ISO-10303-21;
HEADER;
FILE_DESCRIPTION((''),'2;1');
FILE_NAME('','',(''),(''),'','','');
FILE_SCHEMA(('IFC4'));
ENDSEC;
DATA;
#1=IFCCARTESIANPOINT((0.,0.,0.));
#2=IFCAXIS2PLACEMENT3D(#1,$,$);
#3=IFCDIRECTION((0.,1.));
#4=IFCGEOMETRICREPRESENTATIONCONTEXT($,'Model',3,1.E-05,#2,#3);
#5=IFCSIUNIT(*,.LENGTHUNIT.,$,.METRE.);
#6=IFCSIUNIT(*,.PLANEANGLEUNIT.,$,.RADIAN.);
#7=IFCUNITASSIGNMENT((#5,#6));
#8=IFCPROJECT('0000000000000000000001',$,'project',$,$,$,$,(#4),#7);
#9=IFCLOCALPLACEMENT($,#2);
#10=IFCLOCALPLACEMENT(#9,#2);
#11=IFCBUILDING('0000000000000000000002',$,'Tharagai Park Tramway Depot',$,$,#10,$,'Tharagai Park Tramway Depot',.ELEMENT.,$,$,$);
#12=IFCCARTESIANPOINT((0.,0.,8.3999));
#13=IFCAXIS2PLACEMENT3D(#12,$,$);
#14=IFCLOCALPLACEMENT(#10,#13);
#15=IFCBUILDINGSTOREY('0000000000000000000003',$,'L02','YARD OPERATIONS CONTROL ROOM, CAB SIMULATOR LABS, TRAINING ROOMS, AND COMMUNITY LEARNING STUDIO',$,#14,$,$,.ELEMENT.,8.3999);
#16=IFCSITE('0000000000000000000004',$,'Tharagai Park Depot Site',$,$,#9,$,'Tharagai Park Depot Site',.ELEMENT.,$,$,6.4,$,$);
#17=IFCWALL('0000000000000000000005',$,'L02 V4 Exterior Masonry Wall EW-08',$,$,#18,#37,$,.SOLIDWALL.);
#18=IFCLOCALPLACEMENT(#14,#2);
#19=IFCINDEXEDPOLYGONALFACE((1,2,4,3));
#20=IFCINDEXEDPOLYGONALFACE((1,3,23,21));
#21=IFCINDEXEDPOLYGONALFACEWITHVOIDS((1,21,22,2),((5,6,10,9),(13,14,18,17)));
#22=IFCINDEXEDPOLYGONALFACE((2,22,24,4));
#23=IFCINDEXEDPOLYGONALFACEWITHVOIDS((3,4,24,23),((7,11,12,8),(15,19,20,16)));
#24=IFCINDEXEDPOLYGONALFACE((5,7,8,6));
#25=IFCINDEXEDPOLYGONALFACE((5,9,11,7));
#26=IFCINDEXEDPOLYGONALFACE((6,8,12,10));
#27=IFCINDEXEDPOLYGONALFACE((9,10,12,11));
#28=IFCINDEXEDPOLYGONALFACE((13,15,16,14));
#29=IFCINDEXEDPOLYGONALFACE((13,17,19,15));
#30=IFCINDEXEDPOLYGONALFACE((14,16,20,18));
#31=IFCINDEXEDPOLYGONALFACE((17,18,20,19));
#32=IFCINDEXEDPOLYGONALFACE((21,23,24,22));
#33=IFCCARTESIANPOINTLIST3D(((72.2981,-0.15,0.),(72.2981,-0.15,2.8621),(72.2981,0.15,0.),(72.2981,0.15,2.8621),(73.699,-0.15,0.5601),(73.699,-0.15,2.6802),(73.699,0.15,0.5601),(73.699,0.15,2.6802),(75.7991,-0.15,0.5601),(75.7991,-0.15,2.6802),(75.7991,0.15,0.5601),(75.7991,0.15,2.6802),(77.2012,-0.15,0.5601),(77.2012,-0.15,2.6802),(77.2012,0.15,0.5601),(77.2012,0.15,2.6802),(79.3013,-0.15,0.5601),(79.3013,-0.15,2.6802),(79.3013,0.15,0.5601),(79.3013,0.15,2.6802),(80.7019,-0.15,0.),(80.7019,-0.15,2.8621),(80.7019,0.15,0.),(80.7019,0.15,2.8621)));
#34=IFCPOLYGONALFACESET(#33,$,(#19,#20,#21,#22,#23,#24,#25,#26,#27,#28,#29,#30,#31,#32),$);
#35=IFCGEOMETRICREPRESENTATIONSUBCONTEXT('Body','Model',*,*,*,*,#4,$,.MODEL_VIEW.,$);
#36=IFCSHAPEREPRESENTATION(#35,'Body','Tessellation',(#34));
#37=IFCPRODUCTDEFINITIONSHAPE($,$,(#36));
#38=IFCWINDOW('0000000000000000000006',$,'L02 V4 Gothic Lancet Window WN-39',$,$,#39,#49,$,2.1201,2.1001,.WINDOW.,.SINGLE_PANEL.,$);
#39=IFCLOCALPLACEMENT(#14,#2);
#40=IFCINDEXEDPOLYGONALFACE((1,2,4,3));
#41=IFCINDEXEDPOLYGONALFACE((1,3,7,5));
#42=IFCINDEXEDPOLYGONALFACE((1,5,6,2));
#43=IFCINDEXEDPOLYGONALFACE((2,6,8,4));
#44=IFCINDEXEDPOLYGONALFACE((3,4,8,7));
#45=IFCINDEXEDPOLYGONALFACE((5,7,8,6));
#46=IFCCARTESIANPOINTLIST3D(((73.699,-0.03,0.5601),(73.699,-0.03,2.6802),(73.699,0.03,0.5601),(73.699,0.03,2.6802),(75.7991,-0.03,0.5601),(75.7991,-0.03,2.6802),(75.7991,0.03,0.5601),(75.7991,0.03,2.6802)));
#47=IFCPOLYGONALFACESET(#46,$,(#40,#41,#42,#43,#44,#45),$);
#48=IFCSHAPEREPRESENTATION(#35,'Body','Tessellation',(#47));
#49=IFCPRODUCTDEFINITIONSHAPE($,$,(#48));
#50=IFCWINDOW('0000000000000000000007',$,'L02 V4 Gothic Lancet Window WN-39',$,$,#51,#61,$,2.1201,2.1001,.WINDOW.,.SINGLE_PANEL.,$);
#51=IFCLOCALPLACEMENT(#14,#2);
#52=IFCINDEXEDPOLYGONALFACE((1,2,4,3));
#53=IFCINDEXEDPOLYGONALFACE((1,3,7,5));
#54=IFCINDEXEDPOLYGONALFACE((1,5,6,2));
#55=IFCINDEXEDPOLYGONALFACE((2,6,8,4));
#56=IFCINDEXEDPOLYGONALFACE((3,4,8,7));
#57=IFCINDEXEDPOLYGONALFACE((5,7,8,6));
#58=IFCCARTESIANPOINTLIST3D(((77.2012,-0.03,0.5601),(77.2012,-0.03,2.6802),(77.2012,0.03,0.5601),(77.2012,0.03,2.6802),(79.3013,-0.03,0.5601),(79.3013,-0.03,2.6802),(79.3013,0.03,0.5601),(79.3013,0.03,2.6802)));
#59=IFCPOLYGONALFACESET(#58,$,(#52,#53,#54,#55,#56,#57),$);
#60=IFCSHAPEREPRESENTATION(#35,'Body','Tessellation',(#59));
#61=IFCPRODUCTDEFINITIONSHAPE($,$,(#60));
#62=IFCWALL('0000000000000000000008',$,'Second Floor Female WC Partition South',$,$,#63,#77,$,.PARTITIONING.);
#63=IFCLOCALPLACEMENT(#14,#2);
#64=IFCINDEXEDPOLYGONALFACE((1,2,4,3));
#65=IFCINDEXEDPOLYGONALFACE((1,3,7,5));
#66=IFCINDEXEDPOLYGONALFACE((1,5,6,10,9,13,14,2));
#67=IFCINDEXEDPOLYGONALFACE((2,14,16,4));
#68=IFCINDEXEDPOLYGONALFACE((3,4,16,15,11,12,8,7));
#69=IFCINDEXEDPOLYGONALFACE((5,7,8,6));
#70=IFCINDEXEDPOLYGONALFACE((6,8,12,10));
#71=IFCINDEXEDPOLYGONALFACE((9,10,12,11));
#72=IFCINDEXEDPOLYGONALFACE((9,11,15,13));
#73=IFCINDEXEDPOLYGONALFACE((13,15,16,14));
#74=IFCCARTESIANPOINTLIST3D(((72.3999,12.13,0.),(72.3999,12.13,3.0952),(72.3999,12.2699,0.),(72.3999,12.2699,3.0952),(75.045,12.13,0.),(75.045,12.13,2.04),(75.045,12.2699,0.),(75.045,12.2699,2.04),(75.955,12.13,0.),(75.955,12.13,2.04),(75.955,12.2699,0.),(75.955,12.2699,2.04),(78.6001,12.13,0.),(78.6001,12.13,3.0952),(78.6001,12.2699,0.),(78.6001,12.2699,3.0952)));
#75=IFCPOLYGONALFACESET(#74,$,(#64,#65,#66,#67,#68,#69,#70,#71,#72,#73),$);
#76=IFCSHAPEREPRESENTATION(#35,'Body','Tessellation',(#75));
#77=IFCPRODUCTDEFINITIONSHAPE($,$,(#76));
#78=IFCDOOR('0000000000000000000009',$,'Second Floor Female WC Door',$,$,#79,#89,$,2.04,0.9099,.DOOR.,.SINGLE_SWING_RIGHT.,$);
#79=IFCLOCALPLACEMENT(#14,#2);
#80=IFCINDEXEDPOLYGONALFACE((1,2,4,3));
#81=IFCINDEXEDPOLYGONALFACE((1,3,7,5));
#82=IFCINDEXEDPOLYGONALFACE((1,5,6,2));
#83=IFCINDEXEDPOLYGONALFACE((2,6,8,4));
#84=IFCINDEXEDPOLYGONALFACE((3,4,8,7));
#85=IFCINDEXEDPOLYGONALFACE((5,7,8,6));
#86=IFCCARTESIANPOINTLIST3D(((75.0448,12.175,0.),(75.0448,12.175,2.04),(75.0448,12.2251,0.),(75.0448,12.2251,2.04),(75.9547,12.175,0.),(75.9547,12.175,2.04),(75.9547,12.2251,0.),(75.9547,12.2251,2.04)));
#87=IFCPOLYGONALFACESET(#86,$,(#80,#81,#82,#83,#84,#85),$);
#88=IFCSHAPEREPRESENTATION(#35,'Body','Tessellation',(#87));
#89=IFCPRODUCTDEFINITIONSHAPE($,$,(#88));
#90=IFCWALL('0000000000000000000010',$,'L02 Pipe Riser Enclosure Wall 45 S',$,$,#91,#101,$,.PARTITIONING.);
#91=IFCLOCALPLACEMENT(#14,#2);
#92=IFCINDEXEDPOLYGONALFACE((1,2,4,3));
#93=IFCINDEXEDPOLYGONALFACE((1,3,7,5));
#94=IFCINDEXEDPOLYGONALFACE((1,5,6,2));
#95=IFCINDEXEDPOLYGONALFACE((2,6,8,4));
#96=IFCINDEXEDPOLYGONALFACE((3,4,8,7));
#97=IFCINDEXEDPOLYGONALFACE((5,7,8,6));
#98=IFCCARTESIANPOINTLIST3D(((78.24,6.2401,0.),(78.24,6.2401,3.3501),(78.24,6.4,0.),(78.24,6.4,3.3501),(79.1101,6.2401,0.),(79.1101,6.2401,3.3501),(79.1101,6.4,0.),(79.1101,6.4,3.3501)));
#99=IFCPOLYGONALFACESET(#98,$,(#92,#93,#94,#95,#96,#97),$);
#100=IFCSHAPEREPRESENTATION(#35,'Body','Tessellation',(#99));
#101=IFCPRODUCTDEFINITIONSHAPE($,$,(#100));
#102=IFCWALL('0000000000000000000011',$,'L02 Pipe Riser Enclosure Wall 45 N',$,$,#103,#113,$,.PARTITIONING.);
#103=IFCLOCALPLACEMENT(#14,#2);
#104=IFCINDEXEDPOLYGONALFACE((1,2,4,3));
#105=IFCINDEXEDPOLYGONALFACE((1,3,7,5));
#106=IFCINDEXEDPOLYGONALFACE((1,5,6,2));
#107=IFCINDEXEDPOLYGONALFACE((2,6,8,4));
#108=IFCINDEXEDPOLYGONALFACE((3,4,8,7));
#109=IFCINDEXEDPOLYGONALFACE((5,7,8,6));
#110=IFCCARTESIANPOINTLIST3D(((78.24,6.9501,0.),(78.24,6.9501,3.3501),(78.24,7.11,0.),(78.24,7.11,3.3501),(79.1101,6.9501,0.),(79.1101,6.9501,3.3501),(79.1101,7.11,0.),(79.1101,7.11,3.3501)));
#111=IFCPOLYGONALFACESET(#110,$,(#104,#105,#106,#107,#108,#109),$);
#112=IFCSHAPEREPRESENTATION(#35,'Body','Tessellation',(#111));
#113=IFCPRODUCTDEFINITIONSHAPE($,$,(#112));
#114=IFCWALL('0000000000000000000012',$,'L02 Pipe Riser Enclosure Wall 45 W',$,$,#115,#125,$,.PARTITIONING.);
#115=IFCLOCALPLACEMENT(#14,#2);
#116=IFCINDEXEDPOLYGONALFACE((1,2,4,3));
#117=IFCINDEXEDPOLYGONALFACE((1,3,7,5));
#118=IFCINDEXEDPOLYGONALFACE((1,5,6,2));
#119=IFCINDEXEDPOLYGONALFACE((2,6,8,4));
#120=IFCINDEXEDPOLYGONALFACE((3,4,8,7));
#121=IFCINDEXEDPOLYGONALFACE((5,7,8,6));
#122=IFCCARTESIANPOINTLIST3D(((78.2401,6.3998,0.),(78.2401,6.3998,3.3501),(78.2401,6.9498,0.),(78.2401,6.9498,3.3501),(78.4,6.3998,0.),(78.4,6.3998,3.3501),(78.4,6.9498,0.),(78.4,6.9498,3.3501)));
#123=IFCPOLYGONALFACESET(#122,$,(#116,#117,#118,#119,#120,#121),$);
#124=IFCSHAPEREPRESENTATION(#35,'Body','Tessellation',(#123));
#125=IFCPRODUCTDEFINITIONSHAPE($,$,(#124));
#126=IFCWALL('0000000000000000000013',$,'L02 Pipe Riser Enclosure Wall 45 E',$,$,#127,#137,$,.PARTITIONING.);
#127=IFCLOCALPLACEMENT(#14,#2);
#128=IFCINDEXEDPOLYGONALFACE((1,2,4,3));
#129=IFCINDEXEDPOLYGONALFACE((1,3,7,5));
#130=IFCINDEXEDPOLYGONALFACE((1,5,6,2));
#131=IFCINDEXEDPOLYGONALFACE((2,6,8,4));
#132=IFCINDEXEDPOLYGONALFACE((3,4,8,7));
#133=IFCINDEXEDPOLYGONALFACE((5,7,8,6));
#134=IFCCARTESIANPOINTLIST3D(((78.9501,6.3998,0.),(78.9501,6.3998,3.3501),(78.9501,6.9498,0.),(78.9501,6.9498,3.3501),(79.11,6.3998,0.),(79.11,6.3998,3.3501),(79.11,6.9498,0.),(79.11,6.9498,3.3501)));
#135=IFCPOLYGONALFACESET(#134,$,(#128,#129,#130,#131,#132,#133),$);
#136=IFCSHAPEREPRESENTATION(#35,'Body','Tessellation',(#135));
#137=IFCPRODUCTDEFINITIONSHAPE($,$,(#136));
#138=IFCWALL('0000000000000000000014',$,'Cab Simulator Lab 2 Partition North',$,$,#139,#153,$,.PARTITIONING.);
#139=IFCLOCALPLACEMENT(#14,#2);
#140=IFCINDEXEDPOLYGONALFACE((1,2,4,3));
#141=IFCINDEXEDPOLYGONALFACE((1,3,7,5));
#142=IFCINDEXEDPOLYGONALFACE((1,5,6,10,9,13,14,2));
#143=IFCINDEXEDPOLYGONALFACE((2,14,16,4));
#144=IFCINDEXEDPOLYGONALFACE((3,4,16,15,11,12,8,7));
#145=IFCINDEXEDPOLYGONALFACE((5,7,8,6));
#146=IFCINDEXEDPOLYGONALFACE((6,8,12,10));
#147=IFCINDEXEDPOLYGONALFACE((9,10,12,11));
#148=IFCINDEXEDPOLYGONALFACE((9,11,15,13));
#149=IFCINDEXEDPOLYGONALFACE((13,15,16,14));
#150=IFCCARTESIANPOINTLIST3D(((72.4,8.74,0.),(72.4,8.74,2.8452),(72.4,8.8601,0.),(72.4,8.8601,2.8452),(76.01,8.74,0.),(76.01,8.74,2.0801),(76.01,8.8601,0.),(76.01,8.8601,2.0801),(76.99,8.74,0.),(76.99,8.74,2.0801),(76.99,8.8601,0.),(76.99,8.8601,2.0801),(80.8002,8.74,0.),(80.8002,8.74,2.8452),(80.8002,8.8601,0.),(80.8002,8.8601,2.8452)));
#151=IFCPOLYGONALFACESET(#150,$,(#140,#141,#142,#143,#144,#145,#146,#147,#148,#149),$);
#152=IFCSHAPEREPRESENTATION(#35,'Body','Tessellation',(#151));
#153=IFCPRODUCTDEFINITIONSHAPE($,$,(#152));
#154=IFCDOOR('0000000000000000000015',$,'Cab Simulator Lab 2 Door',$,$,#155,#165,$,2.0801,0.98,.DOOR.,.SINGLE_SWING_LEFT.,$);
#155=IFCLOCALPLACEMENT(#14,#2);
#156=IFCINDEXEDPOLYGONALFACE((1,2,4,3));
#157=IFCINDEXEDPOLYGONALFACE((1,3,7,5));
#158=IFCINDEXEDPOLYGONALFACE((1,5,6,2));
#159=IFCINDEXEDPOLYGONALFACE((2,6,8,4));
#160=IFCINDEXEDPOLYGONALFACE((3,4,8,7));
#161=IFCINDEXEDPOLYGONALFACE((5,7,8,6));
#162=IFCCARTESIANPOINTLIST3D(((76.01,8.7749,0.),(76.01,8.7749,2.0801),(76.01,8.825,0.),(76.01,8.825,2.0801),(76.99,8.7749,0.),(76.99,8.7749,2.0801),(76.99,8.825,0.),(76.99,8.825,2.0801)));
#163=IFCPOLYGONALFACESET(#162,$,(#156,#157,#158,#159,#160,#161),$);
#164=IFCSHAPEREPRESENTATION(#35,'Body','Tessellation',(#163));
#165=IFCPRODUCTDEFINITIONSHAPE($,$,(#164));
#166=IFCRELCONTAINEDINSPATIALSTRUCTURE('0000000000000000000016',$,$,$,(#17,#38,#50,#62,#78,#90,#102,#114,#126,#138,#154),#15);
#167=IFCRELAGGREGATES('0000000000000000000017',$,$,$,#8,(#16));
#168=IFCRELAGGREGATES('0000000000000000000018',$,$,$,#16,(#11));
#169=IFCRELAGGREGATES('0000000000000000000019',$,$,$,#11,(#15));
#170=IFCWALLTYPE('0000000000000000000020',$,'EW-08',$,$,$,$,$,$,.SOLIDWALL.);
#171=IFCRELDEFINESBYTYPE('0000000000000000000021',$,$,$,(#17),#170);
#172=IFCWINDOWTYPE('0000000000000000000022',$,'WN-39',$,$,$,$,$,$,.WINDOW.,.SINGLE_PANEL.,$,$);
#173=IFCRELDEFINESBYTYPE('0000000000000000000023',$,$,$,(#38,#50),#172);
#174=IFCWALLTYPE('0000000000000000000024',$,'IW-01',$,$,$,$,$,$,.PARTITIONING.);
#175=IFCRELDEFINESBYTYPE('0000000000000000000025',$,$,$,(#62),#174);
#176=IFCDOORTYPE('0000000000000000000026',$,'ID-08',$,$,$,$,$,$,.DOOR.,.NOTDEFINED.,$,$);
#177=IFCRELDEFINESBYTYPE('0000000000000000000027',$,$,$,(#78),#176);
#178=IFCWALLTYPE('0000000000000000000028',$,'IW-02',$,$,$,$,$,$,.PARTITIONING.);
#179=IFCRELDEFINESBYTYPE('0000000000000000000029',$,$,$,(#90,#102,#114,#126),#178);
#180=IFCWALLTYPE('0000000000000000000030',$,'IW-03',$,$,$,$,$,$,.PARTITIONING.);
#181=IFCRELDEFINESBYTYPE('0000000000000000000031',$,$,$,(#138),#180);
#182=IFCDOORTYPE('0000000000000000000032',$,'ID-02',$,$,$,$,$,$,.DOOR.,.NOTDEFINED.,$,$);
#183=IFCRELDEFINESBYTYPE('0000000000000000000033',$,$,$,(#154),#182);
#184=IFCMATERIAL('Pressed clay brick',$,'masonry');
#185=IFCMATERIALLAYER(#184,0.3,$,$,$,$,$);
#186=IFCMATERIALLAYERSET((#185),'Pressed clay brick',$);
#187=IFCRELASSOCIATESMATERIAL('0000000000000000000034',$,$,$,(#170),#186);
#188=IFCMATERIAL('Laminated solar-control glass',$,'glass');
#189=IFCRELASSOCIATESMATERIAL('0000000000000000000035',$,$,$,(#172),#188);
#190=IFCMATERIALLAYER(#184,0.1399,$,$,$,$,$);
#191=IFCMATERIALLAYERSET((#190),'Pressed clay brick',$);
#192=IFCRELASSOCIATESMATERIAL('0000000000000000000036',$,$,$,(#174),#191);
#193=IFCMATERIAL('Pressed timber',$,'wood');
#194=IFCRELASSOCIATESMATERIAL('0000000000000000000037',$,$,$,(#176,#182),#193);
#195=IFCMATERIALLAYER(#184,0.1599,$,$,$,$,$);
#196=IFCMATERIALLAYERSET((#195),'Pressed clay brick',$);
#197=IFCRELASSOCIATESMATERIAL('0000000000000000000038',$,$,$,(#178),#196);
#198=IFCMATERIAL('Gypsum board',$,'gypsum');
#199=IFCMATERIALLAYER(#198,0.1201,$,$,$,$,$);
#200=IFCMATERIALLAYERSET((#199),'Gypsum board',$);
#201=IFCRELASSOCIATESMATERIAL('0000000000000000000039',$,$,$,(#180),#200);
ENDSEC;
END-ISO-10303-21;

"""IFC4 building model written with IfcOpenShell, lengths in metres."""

from ifc_helpers import new_model, si_unit, direction, frame, frame_2d, origin, place, context, subcontext, project, spatial, rectangle, extrude, material, layer, layer_set, type_object, element, fill, save


model = new_model("IFC4")

# Units and contexts
model_context = context("Model", 3, precision=1e-05, world=origin(), true_north=direction((0.0, 1.0)))
body_context = subcontext(model_context, "Body", "Model", "MODEL_VIEW")
ifc_project = project(units=[si_unit("LENGTHUNIT", "METRE"), si_unit("PLANEANGLEUNIT", "RADIAN")], contexts=[model_context])

# Site, building, storey
site_placement = place(None, origin())
site = spatial("IfcSite", under=ifc_project, at=site_placement, Name="Tharagai Park Depot Site", LongName="Tharagai Park Depot Site", CompositionType="ELEMENT", RefElevation=6.4)
building_placement = place(site_placement, origin())
building = spatial("IfcBuilding", under=site, at=building_placement, Name="Tharagai Park Tramway Depot", LongName="Tharagai Park Tramway Depot", CompositionType="ELEMENT")
storey_placement = place(building_placement, frame((0.0, 0.0, 8.3999)))
storey = spatial("IfcBuildingStorey", under=building, at=storey_placement, Name="L02", Description="YARD OPERATIONS CONTROL ROOM, CAB SIMULATOR LABS, TRAINING ROOMS, AND COMMUNITY LEARNING STUDIO", CompositionType="ELEMENT", Elevation=8.3999)

# Wall, openings, windows
ifc_material_1 = material(Name="Pressed clay brick", Category="masonry")
ifc_layer_1 = layer(ifc_material_1, 0.3)
ifc_layer_set_1 = layer_set([ifc_layer_1], Name="Pressed clay brick")
wall_type_1 = type_object("IfcWallType", Name="EW-08", PredefinedType="SOLIDWALL", material=ifc_layer_set_1)
wall_1_placement = place(storey_placement, frame((72.2981, 0.0, 0.0), z_axis=(0.0, 0.0, 1.0), x_axis=(1.0, 0.0, 0.0)))
wall_1 = element("IfcWall", 1, at=wall_1_placement, inside=storey, type_object=wall_type_1, Name="L02 V4 Exterior Masonry Wall EW-08", PredefinedType="SOLIDWALL", context=body_context, shape_type="SweptSolid", body=[
    extrude(rectangle(XDim=8.4038, YDim=0.3, at=frame_2d((4.2019, 0.0))), origin(), (0.0, 0.0, 1.0), 2.8621),
])
opening_1_placement = place(wall_1_placement, frame((1.4009, 0.0, 0.5601)))
opening_1 = element("IfcOpeningElement", 2, at=opening_1_placement, cuts=wall_1, PredefinedType="OPENING", context=body_context, shape_type="SweptSolid", body=[
    extrude(rectangle(XDim=2.1001, YDim=2.1201, at=frame_2d((1.05, 1.0601))), frame((0.0, 0.1599, 0.0), z_axis=(0.0, -1.0, 0.0), x_axis=(1.0, 0.0, 0.0)), (0.0, 0.0, 1.0), 0.3201),
])
opening_2_placement = place(wall_1_placement, frame((4.9031, 0.0, 0.5601)))
opening_2 = element("IfcOpeningElement", 3, at=opening_2_placement, cuts=wall_1, PredefinedType="OPENING", context=body_context, shape_type="SweptSolid", body=[
    extrude(rectangle(XDim=2.1001, YDim=2.1201, at=frame_2d((1.05, 1.0601))), frame((0.0, 0.1599, 0.0), z_axis=(0.0, -1.0, 0.0), x_axis=(1.0, 0.0, 0.0)), (0.0, 0.0, 1.0), 0.3201),
])
ifc_material_2 = material(Name="Laminated solar-control glass", Category="glass")
window_type = type_object("IfcWindowType", Name="WN-39", PartitioningType="SINGLE_PANEL", PredefinedType="WINDOW", material=ifc_material_2)
window_1_placement = place(opening_1_placement, origin())
window_1 = element("IfcWindow", 4, at=window_1_placement, inside=storey, type_object=window_type, Name="L02 V4 Gothic Lancet Window WN-39", OverallHeight=2.1201, OverallWidth=2.1001, PartitioningType="SINGLE_PANEL", PredefinedType="WINDOW", context=body_context, shape_type="SweptSolid", body=[
    extrude(rectangle(XDim=2.1001, YDim=2.1201, at=frame_2d((1.05, 1.0601))), frame((0.0, 0.03, 0.0), z_axis=(0.0, -1.0, 0.0), x_axis=(1.0, 0.0, 0.0)), (0.0, 0.0, 1.0), 0.0601),
])
fill(opening_1, window_1)
window_2_placement = place(opening_2_placement, origin())
window_2 = element("IfcWindow", 5, at=window_2_placement, inside=storey, type_object=window_type, Name="L02 V4 Gothic Lancet Window WN-39", OverallHeight=2.1201, OverallWidth=2.1001, PartitioningType="SINGLE_PANEL", PredefinedType="WINDOW", context=body_context, shape_type="SweptSolid", body=[
    extrude(rectangle(XDim=2.1001, YDim=2.1201, at=frame_2d((1.05, 1.0601))), frame((0.0, 0.03, 0.0), z_axis=(0.0, -1.0, 0.0), x_axis=(1.0, 0.0, 0.0)), (0.0, 0.0, 1.0), 0.0601),
])
fill(opening_2, window_2)

# Wall, opening, door
ifc_layer_2 = layer(ifc_material_1, 0.1399)
ifc_layer_set_2 = layer_set([ifc_layer_2], Name="Pressed clay brick")
wall_type_2 = type_object("IfcWallType", Name="IW-01", PredefinedType="PARTITIONING", material=ifc_layer_set_2)
wall_2_placement = place(storey_placement, frame((72.3999, 12.2, 0.0), z_axis=(0.0, 0.0, 1.0), x_axis=(1.0, 0.0, 0.0)))
wall_2 = element("IfcWall", 6, at=wall_2_placement, inside=storey, type_object=wall_type_2, Name="Second Floor Female WC Partition South", PredefinedType="PARTITIONING", context=body_context, shape_type="SweptSolid", body=[
    extrude(rectangle(XDim=6.2002, YDim=0.1399, at=frame_2d((3.1001, 0.0))), origin(), (0.0, 0.0, 1.0), 3.0952),
])
opening_3_placement = place(wall_2_placement, frame((2.645, 0.0, 0.0)))
opening_3 = element("IfcOpeningElement", 7, at=opening_3_placement, cuts=wall_2, PredefinedType="OPENING", context=body_context, shape_type="SweptSolid", body=[
    extrude(rectangle(XDim=0.9099, YDim=2.04, at=frame_2d((0.4551, 1.02))), frame((0.0, 0.0798, 0.0), z_axis=(0.0, -1.0, 0.0), x_axis=(1.0, 0.0, 0.0)), (0.0, 0.0, 1.0), 0.1599),
])
ifc_material_3 = material(Name="Pressed timber", Category="wood")
door_type_1 = type_object("IfcDoorType", Name="ID-08", OperationType="NOTDEFINED", PredefinedType="DOOR", material=ifc_material_3)
door_1_placement = place(opening_3_placement, frame((0.9099, 0.0, 0.0), z_axis=(0.0, 0.0, 1.0), x_axis=(-1.0, 0.0, 0.0)))
door_1 = element("IfcDoor", 8, at=door_1_placement, inside=storey, type_object=door_type_1, Name="Second Floor Female WC Door", OperationType="SINGLE_SWING_RIGHT", OverallHeight=2.04, OverallWidth=0.9099, PredefinedType="DOOR", context=body_context, shape_type="SweptSolid", body=[
    extrude(rectangle(XDim=0.9099, YDim=2.04, at=frame_2d((0.4551, 1.02))), frame((0.0, 0.0249, 0.0), z_axis=(0.0, -1.0, 0.0), x_axis=(1.0, 0.0, 0.0)), (0.0, 0.0, 1.0), 0.05),
])
fill(opening_3, door_1)

# Walls
ifc_layer_3 = layer(ifc_material_1, 0.1599)
ifc_layer_set_3 = layer_set([ifc_layer_3], Name="Pressed clay brick")
wall_type_3 = type_object("IfcWallType", Name="IW-02", PredefinedType="PARTITIONING", material=ifc_layer_set_3)
for number, where, z_axis, x_axis, name in (
    (9, (78.24, 6.3201, 0.0), (0.0, 0.0, 1.0), (1.0, 0.0, 0.0), "L02 Pipe Riser Enclosure Wall 45 S"),
    (10, (78.24, 7.03, 0.0), (0.0, 0.0, 1.0), (1.0, 0.0, 0.0), "L02 Pipe Riser Enclosure Wall 45 N"),
):
    element("IfcWall", number, at=place(storey_placement, frame(where, z_axis=z_axis, x_axis=x_axis)), inside=storey, type_object=wall_type_3, Name=name, PredefinedType="PARTITIONING", context=body_context, shape_type="SweptSolid", body=[
        extrude(rectangle(XDim=0.8701, YDim=0.1599, at=frame_2d((0.4351, 0.0))), origin(), (0.0, 0.0, 1.0), 3.3501),
    ])
for number, where, z_axis, x_axis, name in (
    (11, (78.3201, 6.3999, 0.0), (0.0, 0.0, 1.0), (0.0, 1.0, 0.0), "L02 Pipe Riser Enclosure Wall 45 W"),
    (12, (79.03, 6.3999, 0.0), (0.0, 0.0, 1.0), (0.0, 1.0, 0.0), "L02 Pipe Riser Enclosure Wall 45 E"),
):
    element("IfcWall", number, at=place(storey_placement, frame(where, z_axis=z_axis, x_axis=x_axis)), inside=storey, type_object=wall_type_3, Name=name, PredefinedType="PARTITIONING", context=body_context, shape_type="SweptSolid", body=[
        extrude(rectangle(XDim=0.55, YDim=0.1599, at=frame_2d((0.2749, 0.0))), origin(), (0.0, 0.0, 1.0), 3.3501),
    ])

# Wall, opening, door
ifc_material_4 = material(Name="Gypsum board", Category="gypsum")
ifc_layer_4 = layer(ifc_material_4, 0.1201)
ifc_layer_set_4 = layer_set([ifc_layer_4], Name="Gypsum board")
wall_type_4 = type_object("IfcWallType", Name="IW-03", PredefinedType="PARTITIONING", material=ifc_layer_set_4)
wall_3_placement = place(storey_placement, frame((72.3999, 8.8, 0.0), z_axis=(0.0, 0.0, 1.0), x_axis=(1.0, 0.0, 0.0)))
wall_3 = element("IfcWall", 13, at=wall_3_placement, inside=storey, type_object=wall_type_4, Name="Cab Simulator Lab 2 Partition North", PredefinedType="PARTITIONING", context=body_context, shape_type="SweptSolid", body=[
    extrude(rectangle(XDim=8.4001, YDim=0.1201, at=frame_2d((4.2002, 0.0))), origin(), (0.0, 0.0, 1.0), 2.8452),
])
opening_4_placement = place(wall_3_placement, frame((3.6101, 0.0, 0.0)))
opening_4 = element("IfcOpeningElement", 14, at=opening_4_placement, cuts=wall_3, PredefinedType="OPENING", context=body_context, shape_type="SweptSolid", body=[
    extrude(rectangle(XDim=0.98, YDim=2.0801, at=frame_2d((0.49, 1.04))), frame((0.0, 0.0701, 0.0), z_axis=(0.0, -1.0, 0.0), x_axis=(1.0, 0.0, 0.0)), (0.0, 0.0, 1.0), 0.1401),
])
door_type_2 = type_object("IfcDoorType", Name="ID-02", OperationType="NOTDEFINED", PredefinedType="DOOR", material=ifc_material_3)
door_2_placement = place(opening_4_placement, origin())
door_2 = element("IfcDoor", 15, at=door_2_placement, inside=storey, type_object=door_type_2, Name="Cab Simulator Lab 2 Door", OperationType="SINGLE_SWING_LEFT", OverallHeight=2.0801, OverallWidth=0.98, PredefinedType="DOOR", context=body_context, shape_type="SweptSolid", body=[
    extrude(rectangle(XDim=0.98, YDim=2.0801, at=frame_2d((0.49, 1.04))), frame((0.0, 0.0249, 0.0), z_axis=(0.0, -1.0, 0.0), x_axis=(1.0, 0.0, 0.0)), (0.0, 0.0, 1.0), 0.05),
])
fill(opening_4, door_2)

save(model, "model.ifc")
